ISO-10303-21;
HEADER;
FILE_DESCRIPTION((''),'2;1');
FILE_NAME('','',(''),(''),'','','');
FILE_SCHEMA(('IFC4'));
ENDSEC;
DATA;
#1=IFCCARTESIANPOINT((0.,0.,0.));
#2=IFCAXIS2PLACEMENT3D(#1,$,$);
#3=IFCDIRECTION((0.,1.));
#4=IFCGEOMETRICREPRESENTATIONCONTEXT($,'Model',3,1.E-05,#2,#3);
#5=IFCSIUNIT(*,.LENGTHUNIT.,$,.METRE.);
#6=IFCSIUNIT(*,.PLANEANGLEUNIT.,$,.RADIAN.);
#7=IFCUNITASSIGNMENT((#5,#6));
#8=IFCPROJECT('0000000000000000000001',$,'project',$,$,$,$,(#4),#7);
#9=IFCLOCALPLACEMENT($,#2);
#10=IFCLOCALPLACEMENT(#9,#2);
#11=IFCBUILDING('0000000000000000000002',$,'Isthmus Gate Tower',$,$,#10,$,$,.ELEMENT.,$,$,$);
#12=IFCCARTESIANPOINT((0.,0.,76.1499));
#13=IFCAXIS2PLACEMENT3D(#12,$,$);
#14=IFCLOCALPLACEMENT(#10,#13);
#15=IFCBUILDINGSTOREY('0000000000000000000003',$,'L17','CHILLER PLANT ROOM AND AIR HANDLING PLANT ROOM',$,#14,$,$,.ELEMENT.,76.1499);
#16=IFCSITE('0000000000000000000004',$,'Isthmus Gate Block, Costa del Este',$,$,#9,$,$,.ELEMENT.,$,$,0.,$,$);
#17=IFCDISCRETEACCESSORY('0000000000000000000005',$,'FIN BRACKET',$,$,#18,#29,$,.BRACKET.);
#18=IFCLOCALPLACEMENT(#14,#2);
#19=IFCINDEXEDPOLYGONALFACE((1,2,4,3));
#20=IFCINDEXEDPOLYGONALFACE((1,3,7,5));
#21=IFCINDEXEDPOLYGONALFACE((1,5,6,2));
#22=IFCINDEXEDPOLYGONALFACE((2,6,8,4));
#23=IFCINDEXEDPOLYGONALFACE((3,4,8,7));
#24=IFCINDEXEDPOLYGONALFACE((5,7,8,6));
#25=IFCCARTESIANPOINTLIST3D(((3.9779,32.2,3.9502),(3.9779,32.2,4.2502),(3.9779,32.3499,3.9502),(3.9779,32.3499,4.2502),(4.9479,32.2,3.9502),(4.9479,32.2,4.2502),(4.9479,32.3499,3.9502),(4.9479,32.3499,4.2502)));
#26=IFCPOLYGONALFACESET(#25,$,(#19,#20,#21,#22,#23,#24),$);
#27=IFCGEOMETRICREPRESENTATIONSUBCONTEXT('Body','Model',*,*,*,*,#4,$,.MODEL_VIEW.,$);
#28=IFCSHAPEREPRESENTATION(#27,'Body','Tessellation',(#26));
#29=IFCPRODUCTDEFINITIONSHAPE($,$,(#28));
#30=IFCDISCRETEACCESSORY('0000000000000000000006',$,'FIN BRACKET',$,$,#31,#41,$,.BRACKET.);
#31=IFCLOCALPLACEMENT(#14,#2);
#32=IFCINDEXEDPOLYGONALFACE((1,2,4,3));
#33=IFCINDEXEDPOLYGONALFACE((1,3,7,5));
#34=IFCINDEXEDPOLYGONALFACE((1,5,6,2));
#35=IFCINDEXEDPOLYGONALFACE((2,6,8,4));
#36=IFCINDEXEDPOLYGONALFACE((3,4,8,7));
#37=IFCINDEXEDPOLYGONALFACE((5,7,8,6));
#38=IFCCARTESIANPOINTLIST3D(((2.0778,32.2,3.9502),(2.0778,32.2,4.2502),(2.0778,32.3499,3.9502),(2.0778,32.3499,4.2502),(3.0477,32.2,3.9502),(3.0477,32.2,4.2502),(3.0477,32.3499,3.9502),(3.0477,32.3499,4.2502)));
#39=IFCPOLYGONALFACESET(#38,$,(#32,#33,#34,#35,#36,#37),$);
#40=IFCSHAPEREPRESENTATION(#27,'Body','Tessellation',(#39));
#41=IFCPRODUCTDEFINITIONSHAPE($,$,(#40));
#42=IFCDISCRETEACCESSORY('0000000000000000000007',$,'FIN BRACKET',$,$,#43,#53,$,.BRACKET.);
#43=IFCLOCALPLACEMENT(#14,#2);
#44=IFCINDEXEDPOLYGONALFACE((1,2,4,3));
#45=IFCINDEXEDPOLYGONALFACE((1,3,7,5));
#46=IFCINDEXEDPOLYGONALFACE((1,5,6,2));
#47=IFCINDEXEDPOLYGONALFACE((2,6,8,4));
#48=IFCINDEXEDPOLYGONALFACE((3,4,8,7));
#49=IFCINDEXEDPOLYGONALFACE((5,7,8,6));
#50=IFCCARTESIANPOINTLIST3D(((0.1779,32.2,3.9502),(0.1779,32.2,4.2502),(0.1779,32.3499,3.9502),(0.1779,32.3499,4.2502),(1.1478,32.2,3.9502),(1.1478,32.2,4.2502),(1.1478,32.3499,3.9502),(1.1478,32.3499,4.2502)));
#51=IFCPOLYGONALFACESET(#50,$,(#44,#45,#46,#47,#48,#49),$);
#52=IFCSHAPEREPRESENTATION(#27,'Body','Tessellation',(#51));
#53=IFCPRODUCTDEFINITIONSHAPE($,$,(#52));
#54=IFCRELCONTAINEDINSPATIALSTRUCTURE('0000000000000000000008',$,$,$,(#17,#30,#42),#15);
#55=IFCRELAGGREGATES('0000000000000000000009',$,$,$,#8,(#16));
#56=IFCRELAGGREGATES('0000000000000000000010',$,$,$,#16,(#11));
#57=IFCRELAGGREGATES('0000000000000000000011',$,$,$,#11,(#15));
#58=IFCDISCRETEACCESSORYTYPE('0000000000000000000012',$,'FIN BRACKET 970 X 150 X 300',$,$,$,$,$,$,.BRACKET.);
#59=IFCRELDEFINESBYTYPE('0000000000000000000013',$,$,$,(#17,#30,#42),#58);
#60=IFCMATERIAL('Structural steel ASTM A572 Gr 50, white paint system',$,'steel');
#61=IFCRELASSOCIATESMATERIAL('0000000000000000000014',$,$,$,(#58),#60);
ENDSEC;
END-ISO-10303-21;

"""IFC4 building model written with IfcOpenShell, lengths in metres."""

from ifc_helpers import new_model, si_unit, direction, frame, origin, origin_2d, place, context, subcontext, project, spatial, rectangle, extrude, material, type_object, element, save


model = new_model("IFC4")

# Units and contexts
model_context = context("Model", 3, precision=1e-05, world=origin(), true_north=direction((0.0, 1.0)))
body_context = subcontext(model_context, "Body", "Model", "MODEL_VIEW")
ifc_project = project(units=[si_unit("LENGTHUNIT", "METRE"), si_unit("PLANEANGLEUNIT", "RADIAN")], contexts=[model_context])

# Site, building, storey
site_placement = place(None, origin())
site = spatial("IfcSite", under=ifc_project, at=site_placement, Name="Isthmus Gate Block, Costa del Este", CompositionType="ELEMENT", RefElevation=0.0)
building_placement = place(site_placement, origin())
building = spatial("IfcBuilding", under=site, at=building_placement, Name="Isthmus Gate Tower", CompositionType="ELEMENT")
storey_placement = place(building_placement, frame((0.0, 0.0, 76.1499)))
storey = spatial("IfcBuildingStorey", under=building, at=storey_placement, Name="L17", Description="CHILLER PLANT ROOM AND AIR HANDLING PLANT ROOM", CompositionType="ELEMENT", Elevation=76.1499)

# Discrete accessories
ifc_material_1 = material(Name="Structural steel ASTM A572 Gr 50, white paint system", Category="steel")
discrete_accessory_type = type_object("IfcDiscreteAccessoryType", Name="FIN BRACKET 970 X 150 X 300", PredefinedType="BRACKET", material=ifc_material_1)
for number, where, z_axis, x_axis, name in (
    (1, (4.4629, 32.2749, 3.9502), (0.0, 0.0, 1.0), (0.0, 1.0, 0.0), "FIN BRACKET"),
    (2, (2.5627, 32.2749, 3.9502), (0.0, 0.0, 1.0), (0.0, 1.0, 0.0), "FIN BRACKET"),
    (3, (0.6628, 32.2749, 3.9502), (0.0, 0.0, 1.0), (0.0, 1.0, 0.0), "FIN BRACKET"),
):
    element("IfcDiscreteAccessory", number, at=place(storey_placement, frame(where, z_axis=z_axis, x_axis=x_axis)), inside=storey, type_object=discrete_accessory_type, Name=name, PredefinedType="BRACKET", context=body_context, shape_type="SweptSolid", body=[
        extrude(rectangle(XDim=0.1499, YDim=0.97, at=origin_2d()), origin(), (0.0, 0.0, 1.0), 0.3),
    ])

save(model, "model.ifc")
